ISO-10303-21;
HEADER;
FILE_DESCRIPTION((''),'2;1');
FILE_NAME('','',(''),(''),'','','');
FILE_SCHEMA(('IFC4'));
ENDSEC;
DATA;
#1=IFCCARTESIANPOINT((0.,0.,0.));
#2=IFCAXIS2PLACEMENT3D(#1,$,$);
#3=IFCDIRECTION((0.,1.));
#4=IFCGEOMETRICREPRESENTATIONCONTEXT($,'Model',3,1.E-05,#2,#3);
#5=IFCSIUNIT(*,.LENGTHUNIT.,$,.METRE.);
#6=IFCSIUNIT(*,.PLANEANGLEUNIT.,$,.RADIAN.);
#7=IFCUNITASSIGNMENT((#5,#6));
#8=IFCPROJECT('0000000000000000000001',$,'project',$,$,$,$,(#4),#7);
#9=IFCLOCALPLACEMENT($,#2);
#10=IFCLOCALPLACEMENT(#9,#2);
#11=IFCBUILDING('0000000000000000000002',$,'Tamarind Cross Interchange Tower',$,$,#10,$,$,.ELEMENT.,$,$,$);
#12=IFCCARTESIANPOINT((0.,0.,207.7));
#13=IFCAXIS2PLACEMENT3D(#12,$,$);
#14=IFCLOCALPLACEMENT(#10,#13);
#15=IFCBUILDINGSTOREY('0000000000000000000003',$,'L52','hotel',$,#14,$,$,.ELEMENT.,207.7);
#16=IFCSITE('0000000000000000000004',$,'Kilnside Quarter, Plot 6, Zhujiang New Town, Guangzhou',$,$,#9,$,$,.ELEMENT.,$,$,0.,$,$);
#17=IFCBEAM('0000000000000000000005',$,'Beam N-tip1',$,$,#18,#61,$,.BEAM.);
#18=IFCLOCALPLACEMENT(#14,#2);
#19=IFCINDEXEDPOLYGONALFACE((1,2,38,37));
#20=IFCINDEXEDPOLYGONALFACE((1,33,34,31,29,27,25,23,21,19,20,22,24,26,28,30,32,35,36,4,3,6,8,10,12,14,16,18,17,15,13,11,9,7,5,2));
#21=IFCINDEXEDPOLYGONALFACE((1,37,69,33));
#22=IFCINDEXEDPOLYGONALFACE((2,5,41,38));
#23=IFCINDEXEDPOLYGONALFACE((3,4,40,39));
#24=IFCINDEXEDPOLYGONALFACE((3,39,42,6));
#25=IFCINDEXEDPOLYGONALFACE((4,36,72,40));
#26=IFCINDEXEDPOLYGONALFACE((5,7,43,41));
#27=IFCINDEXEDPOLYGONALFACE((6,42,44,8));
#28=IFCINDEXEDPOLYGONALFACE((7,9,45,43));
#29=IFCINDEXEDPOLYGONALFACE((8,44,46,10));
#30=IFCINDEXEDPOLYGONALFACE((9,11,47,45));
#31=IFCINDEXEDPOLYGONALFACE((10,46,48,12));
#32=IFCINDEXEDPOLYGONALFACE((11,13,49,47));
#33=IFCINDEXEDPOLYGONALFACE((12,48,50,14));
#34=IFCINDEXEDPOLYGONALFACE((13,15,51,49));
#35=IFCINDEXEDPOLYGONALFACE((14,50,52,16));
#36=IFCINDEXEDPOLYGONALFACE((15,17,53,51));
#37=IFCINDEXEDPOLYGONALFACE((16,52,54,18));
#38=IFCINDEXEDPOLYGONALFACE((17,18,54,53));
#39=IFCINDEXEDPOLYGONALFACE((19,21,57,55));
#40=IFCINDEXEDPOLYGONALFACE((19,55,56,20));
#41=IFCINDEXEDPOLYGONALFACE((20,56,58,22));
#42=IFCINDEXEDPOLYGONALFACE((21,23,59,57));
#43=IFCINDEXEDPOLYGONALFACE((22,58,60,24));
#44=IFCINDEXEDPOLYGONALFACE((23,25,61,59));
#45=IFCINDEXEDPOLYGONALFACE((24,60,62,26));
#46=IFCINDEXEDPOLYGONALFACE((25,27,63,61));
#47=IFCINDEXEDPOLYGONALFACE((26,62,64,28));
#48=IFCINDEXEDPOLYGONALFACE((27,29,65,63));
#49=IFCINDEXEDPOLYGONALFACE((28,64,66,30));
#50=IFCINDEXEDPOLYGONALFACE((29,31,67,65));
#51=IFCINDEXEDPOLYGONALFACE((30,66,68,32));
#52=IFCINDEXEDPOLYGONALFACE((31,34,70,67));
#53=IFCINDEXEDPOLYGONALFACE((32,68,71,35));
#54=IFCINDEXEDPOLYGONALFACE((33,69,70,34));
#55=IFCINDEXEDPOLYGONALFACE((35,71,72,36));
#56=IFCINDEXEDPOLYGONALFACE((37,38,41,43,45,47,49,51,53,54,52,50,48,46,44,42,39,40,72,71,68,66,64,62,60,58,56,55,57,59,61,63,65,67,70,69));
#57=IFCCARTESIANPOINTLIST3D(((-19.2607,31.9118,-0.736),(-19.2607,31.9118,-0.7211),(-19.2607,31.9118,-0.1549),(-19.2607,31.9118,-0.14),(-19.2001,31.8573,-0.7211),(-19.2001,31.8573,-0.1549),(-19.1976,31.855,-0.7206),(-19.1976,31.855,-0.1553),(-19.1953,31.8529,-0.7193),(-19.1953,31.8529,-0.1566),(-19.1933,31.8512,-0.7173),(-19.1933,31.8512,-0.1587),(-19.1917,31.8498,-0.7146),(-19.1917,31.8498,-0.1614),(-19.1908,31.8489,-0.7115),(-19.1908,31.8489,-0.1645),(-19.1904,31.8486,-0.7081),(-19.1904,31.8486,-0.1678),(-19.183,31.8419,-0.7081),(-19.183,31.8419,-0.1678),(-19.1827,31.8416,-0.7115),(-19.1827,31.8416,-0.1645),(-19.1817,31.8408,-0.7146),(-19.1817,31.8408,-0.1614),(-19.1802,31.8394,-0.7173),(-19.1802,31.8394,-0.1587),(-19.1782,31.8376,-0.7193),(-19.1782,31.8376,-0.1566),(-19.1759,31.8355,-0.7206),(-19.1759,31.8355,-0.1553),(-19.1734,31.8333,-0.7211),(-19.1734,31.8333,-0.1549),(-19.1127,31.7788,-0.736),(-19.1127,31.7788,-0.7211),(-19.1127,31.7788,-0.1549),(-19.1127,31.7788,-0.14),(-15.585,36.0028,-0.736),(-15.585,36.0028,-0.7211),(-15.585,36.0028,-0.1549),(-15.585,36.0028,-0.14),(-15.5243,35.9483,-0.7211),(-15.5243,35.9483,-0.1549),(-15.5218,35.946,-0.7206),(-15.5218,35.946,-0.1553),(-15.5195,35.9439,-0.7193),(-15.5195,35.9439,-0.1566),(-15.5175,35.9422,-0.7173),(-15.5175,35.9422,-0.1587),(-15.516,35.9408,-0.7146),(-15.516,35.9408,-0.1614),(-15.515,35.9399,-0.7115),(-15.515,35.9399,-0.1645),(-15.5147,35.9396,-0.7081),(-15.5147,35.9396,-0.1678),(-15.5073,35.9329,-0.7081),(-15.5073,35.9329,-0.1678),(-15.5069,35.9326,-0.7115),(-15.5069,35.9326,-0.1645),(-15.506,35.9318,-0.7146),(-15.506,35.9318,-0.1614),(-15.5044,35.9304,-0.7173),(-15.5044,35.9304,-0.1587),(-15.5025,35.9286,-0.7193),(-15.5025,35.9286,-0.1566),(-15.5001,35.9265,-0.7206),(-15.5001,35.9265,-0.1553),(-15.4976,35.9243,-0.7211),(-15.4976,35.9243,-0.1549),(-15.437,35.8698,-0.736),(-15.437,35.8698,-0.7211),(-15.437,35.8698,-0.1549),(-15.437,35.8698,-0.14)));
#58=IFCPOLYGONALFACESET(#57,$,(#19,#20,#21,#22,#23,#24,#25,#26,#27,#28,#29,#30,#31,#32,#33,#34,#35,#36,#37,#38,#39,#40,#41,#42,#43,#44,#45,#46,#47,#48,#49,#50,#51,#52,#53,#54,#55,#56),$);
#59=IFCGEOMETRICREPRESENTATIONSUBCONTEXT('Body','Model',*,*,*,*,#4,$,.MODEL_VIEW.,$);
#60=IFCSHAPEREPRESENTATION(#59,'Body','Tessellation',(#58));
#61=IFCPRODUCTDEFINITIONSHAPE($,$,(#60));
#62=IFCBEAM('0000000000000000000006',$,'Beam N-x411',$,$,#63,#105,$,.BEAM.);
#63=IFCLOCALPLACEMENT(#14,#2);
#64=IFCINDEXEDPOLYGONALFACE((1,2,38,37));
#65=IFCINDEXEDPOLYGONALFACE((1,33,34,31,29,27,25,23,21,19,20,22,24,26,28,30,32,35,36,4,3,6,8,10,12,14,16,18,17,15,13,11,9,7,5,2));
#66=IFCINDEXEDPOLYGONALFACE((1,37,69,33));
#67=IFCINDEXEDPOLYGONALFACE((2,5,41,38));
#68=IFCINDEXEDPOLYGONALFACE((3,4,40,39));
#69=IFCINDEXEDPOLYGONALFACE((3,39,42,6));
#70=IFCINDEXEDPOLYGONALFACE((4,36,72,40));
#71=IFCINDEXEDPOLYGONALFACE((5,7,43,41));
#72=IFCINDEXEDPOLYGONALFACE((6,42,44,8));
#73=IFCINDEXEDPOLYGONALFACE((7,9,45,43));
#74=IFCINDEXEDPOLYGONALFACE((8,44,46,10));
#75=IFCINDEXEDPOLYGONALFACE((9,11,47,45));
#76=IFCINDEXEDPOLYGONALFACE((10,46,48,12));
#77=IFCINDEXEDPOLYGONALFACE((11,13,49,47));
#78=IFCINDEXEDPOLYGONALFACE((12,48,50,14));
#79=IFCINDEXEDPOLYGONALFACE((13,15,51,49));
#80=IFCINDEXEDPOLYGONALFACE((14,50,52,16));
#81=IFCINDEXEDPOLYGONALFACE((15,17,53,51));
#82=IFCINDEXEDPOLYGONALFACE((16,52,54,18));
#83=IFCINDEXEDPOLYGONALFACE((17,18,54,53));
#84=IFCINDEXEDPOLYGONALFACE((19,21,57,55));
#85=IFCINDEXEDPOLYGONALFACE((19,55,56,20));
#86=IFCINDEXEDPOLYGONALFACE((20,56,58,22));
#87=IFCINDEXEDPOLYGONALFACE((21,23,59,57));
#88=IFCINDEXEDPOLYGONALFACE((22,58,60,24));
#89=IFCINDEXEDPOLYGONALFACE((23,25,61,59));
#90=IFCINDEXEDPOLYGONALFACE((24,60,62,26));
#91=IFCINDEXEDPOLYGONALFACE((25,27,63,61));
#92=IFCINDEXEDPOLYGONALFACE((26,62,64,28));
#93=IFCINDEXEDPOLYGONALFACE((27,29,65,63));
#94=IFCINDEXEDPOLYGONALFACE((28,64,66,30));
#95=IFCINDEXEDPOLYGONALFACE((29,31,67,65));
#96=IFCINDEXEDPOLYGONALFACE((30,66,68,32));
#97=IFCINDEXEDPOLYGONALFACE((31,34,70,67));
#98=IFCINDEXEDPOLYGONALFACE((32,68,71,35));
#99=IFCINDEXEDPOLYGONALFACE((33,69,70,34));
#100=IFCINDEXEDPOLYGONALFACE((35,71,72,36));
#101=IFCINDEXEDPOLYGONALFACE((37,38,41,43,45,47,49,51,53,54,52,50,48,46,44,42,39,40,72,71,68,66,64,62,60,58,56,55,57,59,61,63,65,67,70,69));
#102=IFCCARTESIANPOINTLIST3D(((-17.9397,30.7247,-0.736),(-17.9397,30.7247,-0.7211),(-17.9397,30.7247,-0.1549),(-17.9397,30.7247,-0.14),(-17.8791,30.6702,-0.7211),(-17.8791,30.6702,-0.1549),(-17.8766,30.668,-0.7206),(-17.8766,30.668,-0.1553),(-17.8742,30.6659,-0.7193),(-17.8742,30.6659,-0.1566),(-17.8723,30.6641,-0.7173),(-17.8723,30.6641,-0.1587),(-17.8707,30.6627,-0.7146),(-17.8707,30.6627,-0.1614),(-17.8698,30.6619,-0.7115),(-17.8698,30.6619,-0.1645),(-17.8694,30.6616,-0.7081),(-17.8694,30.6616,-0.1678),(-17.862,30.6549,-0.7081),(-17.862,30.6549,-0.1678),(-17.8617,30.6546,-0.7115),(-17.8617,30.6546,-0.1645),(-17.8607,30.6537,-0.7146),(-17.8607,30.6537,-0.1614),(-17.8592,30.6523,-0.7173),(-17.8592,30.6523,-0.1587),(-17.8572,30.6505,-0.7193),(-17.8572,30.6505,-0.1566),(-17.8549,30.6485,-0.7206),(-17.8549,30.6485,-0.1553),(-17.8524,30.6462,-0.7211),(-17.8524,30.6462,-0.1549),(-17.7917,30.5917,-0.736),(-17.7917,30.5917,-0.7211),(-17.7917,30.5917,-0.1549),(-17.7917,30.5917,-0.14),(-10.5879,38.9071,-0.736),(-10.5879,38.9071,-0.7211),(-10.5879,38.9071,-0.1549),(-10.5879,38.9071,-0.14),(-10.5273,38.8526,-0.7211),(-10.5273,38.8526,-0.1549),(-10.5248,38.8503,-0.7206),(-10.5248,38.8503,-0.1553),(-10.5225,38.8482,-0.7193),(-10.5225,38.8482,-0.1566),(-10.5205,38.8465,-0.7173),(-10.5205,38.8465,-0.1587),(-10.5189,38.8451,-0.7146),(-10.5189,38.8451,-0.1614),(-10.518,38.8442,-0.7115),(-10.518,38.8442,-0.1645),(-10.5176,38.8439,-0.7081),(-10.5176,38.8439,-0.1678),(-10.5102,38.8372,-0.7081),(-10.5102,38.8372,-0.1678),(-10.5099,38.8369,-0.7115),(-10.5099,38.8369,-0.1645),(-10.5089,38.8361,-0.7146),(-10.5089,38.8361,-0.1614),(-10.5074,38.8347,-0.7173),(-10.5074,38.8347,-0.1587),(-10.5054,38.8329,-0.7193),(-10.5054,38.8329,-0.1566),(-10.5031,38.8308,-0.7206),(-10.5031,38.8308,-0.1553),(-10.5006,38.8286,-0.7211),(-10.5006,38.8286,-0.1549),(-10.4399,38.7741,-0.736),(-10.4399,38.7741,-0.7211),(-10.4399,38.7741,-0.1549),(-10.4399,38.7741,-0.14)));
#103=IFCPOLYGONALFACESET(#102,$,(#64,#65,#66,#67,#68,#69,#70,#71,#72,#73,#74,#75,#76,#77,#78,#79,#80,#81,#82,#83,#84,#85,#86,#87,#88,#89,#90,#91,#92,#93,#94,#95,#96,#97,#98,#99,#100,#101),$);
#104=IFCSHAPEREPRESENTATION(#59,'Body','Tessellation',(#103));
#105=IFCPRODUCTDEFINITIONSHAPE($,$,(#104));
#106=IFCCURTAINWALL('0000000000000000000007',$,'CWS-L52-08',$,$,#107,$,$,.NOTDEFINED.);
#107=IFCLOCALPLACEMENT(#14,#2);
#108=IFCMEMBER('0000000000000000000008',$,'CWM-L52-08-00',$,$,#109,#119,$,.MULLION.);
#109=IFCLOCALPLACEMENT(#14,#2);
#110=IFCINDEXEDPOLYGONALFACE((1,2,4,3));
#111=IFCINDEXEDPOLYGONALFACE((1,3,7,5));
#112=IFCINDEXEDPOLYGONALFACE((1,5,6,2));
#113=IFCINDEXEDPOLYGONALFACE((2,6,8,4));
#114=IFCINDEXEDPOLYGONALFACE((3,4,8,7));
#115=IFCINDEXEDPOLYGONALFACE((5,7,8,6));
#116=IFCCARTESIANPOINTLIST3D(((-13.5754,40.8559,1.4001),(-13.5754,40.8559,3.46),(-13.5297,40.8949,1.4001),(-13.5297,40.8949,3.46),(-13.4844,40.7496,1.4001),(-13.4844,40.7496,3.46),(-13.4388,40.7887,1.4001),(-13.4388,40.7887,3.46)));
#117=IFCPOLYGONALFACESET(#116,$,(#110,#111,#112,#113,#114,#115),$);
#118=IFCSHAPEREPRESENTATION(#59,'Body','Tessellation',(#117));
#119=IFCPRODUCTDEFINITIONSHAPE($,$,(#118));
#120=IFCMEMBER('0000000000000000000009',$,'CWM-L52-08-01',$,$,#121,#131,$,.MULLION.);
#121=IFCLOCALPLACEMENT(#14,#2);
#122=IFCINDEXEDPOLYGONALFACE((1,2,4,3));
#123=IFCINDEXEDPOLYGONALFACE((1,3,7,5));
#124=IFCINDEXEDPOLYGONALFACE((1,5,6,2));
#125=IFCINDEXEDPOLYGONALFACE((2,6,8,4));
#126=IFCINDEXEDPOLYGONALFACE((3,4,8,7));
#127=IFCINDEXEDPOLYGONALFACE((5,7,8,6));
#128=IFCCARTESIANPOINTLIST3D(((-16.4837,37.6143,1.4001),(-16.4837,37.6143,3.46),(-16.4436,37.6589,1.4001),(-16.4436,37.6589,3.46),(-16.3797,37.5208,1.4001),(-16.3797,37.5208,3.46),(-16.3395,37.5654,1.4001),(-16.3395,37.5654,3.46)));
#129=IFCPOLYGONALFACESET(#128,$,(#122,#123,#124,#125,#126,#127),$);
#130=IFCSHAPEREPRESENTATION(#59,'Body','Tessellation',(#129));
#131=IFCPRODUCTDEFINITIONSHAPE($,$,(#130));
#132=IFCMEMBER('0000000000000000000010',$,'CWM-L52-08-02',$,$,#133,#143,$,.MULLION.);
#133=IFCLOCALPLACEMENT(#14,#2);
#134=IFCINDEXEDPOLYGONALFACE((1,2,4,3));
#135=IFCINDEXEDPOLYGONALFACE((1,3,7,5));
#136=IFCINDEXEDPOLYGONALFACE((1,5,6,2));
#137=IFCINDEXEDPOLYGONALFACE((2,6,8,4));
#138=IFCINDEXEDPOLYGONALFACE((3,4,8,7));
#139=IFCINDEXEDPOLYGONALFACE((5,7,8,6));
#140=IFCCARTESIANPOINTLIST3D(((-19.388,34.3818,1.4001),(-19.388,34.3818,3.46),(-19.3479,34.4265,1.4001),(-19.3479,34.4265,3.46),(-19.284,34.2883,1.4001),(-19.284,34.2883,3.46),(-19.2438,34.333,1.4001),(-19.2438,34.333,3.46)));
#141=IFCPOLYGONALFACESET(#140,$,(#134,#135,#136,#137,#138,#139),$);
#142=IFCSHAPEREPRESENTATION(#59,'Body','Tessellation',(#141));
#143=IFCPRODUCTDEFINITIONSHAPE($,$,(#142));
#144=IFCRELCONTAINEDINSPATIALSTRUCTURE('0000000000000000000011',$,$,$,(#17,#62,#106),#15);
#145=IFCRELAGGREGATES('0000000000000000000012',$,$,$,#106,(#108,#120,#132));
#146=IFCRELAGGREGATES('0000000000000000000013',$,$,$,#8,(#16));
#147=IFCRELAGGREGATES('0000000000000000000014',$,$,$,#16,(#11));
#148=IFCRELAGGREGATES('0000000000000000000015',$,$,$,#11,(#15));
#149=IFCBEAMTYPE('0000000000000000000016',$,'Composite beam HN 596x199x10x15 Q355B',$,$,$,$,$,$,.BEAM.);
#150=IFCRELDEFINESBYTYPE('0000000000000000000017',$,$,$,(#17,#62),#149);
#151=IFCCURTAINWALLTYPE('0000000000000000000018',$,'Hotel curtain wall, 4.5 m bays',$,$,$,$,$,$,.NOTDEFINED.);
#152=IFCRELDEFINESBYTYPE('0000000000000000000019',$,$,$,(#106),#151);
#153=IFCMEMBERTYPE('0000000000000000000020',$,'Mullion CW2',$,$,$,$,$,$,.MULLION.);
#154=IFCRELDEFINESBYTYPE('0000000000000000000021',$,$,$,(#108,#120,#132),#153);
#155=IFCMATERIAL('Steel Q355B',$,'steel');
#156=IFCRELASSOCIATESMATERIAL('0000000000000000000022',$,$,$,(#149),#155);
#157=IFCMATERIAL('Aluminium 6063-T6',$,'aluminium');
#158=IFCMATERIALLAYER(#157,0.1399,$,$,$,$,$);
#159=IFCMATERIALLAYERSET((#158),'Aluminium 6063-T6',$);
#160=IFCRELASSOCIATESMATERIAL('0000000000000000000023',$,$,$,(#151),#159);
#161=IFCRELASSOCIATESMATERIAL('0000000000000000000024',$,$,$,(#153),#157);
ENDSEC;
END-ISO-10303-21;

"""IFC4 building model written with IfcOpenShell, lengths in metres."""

from ifc_helpers import new_model, si_unit, direction, frame, origin, origin_2d, place, context, subcontext, project, spatial, rectangle, i_section, extrude, material, layer, layer_set, material_profile, profile_set, type_object, element, aggregate, save


model = new_model("IFC4")

# Units and contexts
model_context = context("Model", 3, precision=1e-05, world=origin(), true_north=direction((0.0, 1.0)))
body_context = subcontext(model_context, "Body", "Model", "MODEL_VIEW")
ifc_project = project(units=[si_unit("LENGTHUNIT", "METRE"), si_unit("PLANEANGLEUNIT", "RADIAN")], contexts=[model_context])

# Site, building, storey
site_placement = place(None, origin())
site = spatial("IfcSite", under=ifc_project, at=site_placement, Name="Kilnside Quarter, Plot 6, Zhujiang New Town, Guangzhou", CompositionType="ELEMENT", RefElevation=0.0)
building_placement = place(site_placement, origin())
building = spatial("IfcBuilding", under=site, at=building_placement, Name="Tamarind Cross Interchange Tower", CompositionType="ELEMENT")
storey_placement = place(building_placement, frame((0.0, 0.0, 207.7)))
storey = spatial("IfcBuildingStorey", under=building, at=storey_placement, Name="L52", Description="hotel", CompositionType="ELEMENT", Elevation=207.7)

# Beams
ifc_material_1 = material(Name="Steel Q355B", Category="steel")
ifc_material_profile_1 = material_profile(ifc_material_1, i_section(OverallWidth=0.199, OverallDepth=0.5959, WebThickness=0.01, FlangeThickness=0.0149, FilletRadius=0.0129, at=origin_2d()), Name="HN 596x199x10x15")
ifc_profile_set_1 = profile_set([ifc_material_profile_1], Name="Steel Q355B")
beam_type_1 = type_object("IfcBeamType", Name="Composite beam HN 596x199x10x15 Q355B", PredefinedType="BEAM", material=ifc_profile_set_1)
beam_1_placement = place(storey_placement, frame((-15.511, 35.9363, -0.438), z_axis=(-0.668344, -0.743852, 0.0), x_axis=(0.743852, -0.668344, 0.0)))
element("IfcBeam", 1, at=beam_1_placement, inside=storey, type_object=beam_type_1, Name="Beam N-tip1", PredefinedType="BEAM", context=body_context, shape_type="SweptSolid", body=[
    extrude(i_section(OverallWidth=0.199, OverallDepth=0.5959, WebThickness=0.01, FlangeThickness=0.0149, FilletRadius=0.0129, at=origin_2d()), origin(), (0.0, 0.0, 1.0), 5.4998),
])
beam_2_placement = place(storey_placement, frame((-10.5139, 38.8406, -0.438), z_axis=(-0.668345, -0.743851, 0.0), x_axis=(0.743851, -0.668345, 0.0)))
element("IfcBeam", 2, at=beam_2_placement, inside=storey, type_object=beam_type_1, Name="Beam N-x411", PredefinedType="BEAM", context=body_context, shape_type="SweptSolid", body=[
    extrude(i_section(OverallWidth=0.199, OverallDepth=0.5959, WebThickness=0.01, FlangeThickness=0.0149, FilletRadius=0.0129, at=origin_2d()), origin(), (0.0, 0.0, 1.0), 11.0),
])

# Curtain wall, members
ifc_material_2 = material(Name="Aluminium 6063-T6", Category="aluminium")
ifc_layer_1 = layer(ifc_material_2, 0.1399)
ifc_layer_set_1 = layer_set([ifc_layer_1], Name="Aluminium 6063-T6")
curtain_wall_type = type_object("IfcCurtainWallType", Name="Hotel curtain wall, 4.5 m bays", PredefinedType="NOTDEFINED", material=ifc_layer_set_1)
curtain_wall_placement = place(storey_placement, origin())
curtain_wall = element("IfcCurtainWall", 3, at=curtain_wall_placement, inside=storey, type_object=curtain_wall_type, Name="CWS-L52-08", PredefinedType="NOTDEFINED")
ifc_material_profile_2 = material_profile(ifc_material_2, rectangle(XDim=0.0601, YDim=0.1399, at=origin_2d()), Name="Mullion CW2")
ifc_profile_set_2 = profile_set([ifc_material_profile_2], Name="Aluminium 6063-T6")
member_type = type_object("IfcMemberType", Name="Mullion CW2", PredefinedType="MULLION", material=ifc_profile_set_2)
member_1_placement = place(storey_placement, frame((-13.5071, 40.8223, 1.4001), z_axis=(0.0, 0.0, 1.0), x_axis=(-0.759716, -0.650255, 0.0)))
member_1 = element("IfcMember", 4, at=member_1_placement, type_object=member_type, Name="CWM-L52-08-00", PredefinedType="MULLION", context=body_context, shape_type="SweptSolid", body=[
    extrude(rectangle(XDim=0.0601, YDim=0.1399, at=origin_2d()), origin(), (0.0, 0.0, 1.0), 2.0598),
])
member_2_placement = place(storey_placement, frame((-16.4116, 37.5898, 1.4001), z_axis=(0.0, 0.0, 1.0), x_axis=(-0.668342, -0.743854, 0.0)))
member_2 = element("IfcMember", 5, at=member_2_placement, type_object=member_type, Name="CWM-L52-08-01", PredefinedType="MULLION", context=body_context, shape_type="SweptSolid", body=[
    extrude(rectangle(XDim=0.0601, YDim=0.1399, at=origin_2d()), origin(), (0.0, 0.0, 1.0), 2.0598),
])
member_3_placement = place(storey_placement, frame((-19.3159, 34.3574, 1.4001), z_axis=(0.0, 0.0, 1.0), x_axis=(-0.668342, -0.743854, 0.0)))
member_3 = element("IfcMember", 6, at=member_3_placement, type_object=member_type, Name="CWM-L52-08-02", PredefinedType="MULLION", context=body_context, shape_type="SweptSolid", body=[
    extrude(rectangle(XDim=0.0601, YDim=0.1399, at=origin_2d()), origin(), (0.0, 0.0, 1.0), 2.0598),
])
aggregate(curtain_wall, [member_1, member_2, member_3])

save(model, "model.ifc")
